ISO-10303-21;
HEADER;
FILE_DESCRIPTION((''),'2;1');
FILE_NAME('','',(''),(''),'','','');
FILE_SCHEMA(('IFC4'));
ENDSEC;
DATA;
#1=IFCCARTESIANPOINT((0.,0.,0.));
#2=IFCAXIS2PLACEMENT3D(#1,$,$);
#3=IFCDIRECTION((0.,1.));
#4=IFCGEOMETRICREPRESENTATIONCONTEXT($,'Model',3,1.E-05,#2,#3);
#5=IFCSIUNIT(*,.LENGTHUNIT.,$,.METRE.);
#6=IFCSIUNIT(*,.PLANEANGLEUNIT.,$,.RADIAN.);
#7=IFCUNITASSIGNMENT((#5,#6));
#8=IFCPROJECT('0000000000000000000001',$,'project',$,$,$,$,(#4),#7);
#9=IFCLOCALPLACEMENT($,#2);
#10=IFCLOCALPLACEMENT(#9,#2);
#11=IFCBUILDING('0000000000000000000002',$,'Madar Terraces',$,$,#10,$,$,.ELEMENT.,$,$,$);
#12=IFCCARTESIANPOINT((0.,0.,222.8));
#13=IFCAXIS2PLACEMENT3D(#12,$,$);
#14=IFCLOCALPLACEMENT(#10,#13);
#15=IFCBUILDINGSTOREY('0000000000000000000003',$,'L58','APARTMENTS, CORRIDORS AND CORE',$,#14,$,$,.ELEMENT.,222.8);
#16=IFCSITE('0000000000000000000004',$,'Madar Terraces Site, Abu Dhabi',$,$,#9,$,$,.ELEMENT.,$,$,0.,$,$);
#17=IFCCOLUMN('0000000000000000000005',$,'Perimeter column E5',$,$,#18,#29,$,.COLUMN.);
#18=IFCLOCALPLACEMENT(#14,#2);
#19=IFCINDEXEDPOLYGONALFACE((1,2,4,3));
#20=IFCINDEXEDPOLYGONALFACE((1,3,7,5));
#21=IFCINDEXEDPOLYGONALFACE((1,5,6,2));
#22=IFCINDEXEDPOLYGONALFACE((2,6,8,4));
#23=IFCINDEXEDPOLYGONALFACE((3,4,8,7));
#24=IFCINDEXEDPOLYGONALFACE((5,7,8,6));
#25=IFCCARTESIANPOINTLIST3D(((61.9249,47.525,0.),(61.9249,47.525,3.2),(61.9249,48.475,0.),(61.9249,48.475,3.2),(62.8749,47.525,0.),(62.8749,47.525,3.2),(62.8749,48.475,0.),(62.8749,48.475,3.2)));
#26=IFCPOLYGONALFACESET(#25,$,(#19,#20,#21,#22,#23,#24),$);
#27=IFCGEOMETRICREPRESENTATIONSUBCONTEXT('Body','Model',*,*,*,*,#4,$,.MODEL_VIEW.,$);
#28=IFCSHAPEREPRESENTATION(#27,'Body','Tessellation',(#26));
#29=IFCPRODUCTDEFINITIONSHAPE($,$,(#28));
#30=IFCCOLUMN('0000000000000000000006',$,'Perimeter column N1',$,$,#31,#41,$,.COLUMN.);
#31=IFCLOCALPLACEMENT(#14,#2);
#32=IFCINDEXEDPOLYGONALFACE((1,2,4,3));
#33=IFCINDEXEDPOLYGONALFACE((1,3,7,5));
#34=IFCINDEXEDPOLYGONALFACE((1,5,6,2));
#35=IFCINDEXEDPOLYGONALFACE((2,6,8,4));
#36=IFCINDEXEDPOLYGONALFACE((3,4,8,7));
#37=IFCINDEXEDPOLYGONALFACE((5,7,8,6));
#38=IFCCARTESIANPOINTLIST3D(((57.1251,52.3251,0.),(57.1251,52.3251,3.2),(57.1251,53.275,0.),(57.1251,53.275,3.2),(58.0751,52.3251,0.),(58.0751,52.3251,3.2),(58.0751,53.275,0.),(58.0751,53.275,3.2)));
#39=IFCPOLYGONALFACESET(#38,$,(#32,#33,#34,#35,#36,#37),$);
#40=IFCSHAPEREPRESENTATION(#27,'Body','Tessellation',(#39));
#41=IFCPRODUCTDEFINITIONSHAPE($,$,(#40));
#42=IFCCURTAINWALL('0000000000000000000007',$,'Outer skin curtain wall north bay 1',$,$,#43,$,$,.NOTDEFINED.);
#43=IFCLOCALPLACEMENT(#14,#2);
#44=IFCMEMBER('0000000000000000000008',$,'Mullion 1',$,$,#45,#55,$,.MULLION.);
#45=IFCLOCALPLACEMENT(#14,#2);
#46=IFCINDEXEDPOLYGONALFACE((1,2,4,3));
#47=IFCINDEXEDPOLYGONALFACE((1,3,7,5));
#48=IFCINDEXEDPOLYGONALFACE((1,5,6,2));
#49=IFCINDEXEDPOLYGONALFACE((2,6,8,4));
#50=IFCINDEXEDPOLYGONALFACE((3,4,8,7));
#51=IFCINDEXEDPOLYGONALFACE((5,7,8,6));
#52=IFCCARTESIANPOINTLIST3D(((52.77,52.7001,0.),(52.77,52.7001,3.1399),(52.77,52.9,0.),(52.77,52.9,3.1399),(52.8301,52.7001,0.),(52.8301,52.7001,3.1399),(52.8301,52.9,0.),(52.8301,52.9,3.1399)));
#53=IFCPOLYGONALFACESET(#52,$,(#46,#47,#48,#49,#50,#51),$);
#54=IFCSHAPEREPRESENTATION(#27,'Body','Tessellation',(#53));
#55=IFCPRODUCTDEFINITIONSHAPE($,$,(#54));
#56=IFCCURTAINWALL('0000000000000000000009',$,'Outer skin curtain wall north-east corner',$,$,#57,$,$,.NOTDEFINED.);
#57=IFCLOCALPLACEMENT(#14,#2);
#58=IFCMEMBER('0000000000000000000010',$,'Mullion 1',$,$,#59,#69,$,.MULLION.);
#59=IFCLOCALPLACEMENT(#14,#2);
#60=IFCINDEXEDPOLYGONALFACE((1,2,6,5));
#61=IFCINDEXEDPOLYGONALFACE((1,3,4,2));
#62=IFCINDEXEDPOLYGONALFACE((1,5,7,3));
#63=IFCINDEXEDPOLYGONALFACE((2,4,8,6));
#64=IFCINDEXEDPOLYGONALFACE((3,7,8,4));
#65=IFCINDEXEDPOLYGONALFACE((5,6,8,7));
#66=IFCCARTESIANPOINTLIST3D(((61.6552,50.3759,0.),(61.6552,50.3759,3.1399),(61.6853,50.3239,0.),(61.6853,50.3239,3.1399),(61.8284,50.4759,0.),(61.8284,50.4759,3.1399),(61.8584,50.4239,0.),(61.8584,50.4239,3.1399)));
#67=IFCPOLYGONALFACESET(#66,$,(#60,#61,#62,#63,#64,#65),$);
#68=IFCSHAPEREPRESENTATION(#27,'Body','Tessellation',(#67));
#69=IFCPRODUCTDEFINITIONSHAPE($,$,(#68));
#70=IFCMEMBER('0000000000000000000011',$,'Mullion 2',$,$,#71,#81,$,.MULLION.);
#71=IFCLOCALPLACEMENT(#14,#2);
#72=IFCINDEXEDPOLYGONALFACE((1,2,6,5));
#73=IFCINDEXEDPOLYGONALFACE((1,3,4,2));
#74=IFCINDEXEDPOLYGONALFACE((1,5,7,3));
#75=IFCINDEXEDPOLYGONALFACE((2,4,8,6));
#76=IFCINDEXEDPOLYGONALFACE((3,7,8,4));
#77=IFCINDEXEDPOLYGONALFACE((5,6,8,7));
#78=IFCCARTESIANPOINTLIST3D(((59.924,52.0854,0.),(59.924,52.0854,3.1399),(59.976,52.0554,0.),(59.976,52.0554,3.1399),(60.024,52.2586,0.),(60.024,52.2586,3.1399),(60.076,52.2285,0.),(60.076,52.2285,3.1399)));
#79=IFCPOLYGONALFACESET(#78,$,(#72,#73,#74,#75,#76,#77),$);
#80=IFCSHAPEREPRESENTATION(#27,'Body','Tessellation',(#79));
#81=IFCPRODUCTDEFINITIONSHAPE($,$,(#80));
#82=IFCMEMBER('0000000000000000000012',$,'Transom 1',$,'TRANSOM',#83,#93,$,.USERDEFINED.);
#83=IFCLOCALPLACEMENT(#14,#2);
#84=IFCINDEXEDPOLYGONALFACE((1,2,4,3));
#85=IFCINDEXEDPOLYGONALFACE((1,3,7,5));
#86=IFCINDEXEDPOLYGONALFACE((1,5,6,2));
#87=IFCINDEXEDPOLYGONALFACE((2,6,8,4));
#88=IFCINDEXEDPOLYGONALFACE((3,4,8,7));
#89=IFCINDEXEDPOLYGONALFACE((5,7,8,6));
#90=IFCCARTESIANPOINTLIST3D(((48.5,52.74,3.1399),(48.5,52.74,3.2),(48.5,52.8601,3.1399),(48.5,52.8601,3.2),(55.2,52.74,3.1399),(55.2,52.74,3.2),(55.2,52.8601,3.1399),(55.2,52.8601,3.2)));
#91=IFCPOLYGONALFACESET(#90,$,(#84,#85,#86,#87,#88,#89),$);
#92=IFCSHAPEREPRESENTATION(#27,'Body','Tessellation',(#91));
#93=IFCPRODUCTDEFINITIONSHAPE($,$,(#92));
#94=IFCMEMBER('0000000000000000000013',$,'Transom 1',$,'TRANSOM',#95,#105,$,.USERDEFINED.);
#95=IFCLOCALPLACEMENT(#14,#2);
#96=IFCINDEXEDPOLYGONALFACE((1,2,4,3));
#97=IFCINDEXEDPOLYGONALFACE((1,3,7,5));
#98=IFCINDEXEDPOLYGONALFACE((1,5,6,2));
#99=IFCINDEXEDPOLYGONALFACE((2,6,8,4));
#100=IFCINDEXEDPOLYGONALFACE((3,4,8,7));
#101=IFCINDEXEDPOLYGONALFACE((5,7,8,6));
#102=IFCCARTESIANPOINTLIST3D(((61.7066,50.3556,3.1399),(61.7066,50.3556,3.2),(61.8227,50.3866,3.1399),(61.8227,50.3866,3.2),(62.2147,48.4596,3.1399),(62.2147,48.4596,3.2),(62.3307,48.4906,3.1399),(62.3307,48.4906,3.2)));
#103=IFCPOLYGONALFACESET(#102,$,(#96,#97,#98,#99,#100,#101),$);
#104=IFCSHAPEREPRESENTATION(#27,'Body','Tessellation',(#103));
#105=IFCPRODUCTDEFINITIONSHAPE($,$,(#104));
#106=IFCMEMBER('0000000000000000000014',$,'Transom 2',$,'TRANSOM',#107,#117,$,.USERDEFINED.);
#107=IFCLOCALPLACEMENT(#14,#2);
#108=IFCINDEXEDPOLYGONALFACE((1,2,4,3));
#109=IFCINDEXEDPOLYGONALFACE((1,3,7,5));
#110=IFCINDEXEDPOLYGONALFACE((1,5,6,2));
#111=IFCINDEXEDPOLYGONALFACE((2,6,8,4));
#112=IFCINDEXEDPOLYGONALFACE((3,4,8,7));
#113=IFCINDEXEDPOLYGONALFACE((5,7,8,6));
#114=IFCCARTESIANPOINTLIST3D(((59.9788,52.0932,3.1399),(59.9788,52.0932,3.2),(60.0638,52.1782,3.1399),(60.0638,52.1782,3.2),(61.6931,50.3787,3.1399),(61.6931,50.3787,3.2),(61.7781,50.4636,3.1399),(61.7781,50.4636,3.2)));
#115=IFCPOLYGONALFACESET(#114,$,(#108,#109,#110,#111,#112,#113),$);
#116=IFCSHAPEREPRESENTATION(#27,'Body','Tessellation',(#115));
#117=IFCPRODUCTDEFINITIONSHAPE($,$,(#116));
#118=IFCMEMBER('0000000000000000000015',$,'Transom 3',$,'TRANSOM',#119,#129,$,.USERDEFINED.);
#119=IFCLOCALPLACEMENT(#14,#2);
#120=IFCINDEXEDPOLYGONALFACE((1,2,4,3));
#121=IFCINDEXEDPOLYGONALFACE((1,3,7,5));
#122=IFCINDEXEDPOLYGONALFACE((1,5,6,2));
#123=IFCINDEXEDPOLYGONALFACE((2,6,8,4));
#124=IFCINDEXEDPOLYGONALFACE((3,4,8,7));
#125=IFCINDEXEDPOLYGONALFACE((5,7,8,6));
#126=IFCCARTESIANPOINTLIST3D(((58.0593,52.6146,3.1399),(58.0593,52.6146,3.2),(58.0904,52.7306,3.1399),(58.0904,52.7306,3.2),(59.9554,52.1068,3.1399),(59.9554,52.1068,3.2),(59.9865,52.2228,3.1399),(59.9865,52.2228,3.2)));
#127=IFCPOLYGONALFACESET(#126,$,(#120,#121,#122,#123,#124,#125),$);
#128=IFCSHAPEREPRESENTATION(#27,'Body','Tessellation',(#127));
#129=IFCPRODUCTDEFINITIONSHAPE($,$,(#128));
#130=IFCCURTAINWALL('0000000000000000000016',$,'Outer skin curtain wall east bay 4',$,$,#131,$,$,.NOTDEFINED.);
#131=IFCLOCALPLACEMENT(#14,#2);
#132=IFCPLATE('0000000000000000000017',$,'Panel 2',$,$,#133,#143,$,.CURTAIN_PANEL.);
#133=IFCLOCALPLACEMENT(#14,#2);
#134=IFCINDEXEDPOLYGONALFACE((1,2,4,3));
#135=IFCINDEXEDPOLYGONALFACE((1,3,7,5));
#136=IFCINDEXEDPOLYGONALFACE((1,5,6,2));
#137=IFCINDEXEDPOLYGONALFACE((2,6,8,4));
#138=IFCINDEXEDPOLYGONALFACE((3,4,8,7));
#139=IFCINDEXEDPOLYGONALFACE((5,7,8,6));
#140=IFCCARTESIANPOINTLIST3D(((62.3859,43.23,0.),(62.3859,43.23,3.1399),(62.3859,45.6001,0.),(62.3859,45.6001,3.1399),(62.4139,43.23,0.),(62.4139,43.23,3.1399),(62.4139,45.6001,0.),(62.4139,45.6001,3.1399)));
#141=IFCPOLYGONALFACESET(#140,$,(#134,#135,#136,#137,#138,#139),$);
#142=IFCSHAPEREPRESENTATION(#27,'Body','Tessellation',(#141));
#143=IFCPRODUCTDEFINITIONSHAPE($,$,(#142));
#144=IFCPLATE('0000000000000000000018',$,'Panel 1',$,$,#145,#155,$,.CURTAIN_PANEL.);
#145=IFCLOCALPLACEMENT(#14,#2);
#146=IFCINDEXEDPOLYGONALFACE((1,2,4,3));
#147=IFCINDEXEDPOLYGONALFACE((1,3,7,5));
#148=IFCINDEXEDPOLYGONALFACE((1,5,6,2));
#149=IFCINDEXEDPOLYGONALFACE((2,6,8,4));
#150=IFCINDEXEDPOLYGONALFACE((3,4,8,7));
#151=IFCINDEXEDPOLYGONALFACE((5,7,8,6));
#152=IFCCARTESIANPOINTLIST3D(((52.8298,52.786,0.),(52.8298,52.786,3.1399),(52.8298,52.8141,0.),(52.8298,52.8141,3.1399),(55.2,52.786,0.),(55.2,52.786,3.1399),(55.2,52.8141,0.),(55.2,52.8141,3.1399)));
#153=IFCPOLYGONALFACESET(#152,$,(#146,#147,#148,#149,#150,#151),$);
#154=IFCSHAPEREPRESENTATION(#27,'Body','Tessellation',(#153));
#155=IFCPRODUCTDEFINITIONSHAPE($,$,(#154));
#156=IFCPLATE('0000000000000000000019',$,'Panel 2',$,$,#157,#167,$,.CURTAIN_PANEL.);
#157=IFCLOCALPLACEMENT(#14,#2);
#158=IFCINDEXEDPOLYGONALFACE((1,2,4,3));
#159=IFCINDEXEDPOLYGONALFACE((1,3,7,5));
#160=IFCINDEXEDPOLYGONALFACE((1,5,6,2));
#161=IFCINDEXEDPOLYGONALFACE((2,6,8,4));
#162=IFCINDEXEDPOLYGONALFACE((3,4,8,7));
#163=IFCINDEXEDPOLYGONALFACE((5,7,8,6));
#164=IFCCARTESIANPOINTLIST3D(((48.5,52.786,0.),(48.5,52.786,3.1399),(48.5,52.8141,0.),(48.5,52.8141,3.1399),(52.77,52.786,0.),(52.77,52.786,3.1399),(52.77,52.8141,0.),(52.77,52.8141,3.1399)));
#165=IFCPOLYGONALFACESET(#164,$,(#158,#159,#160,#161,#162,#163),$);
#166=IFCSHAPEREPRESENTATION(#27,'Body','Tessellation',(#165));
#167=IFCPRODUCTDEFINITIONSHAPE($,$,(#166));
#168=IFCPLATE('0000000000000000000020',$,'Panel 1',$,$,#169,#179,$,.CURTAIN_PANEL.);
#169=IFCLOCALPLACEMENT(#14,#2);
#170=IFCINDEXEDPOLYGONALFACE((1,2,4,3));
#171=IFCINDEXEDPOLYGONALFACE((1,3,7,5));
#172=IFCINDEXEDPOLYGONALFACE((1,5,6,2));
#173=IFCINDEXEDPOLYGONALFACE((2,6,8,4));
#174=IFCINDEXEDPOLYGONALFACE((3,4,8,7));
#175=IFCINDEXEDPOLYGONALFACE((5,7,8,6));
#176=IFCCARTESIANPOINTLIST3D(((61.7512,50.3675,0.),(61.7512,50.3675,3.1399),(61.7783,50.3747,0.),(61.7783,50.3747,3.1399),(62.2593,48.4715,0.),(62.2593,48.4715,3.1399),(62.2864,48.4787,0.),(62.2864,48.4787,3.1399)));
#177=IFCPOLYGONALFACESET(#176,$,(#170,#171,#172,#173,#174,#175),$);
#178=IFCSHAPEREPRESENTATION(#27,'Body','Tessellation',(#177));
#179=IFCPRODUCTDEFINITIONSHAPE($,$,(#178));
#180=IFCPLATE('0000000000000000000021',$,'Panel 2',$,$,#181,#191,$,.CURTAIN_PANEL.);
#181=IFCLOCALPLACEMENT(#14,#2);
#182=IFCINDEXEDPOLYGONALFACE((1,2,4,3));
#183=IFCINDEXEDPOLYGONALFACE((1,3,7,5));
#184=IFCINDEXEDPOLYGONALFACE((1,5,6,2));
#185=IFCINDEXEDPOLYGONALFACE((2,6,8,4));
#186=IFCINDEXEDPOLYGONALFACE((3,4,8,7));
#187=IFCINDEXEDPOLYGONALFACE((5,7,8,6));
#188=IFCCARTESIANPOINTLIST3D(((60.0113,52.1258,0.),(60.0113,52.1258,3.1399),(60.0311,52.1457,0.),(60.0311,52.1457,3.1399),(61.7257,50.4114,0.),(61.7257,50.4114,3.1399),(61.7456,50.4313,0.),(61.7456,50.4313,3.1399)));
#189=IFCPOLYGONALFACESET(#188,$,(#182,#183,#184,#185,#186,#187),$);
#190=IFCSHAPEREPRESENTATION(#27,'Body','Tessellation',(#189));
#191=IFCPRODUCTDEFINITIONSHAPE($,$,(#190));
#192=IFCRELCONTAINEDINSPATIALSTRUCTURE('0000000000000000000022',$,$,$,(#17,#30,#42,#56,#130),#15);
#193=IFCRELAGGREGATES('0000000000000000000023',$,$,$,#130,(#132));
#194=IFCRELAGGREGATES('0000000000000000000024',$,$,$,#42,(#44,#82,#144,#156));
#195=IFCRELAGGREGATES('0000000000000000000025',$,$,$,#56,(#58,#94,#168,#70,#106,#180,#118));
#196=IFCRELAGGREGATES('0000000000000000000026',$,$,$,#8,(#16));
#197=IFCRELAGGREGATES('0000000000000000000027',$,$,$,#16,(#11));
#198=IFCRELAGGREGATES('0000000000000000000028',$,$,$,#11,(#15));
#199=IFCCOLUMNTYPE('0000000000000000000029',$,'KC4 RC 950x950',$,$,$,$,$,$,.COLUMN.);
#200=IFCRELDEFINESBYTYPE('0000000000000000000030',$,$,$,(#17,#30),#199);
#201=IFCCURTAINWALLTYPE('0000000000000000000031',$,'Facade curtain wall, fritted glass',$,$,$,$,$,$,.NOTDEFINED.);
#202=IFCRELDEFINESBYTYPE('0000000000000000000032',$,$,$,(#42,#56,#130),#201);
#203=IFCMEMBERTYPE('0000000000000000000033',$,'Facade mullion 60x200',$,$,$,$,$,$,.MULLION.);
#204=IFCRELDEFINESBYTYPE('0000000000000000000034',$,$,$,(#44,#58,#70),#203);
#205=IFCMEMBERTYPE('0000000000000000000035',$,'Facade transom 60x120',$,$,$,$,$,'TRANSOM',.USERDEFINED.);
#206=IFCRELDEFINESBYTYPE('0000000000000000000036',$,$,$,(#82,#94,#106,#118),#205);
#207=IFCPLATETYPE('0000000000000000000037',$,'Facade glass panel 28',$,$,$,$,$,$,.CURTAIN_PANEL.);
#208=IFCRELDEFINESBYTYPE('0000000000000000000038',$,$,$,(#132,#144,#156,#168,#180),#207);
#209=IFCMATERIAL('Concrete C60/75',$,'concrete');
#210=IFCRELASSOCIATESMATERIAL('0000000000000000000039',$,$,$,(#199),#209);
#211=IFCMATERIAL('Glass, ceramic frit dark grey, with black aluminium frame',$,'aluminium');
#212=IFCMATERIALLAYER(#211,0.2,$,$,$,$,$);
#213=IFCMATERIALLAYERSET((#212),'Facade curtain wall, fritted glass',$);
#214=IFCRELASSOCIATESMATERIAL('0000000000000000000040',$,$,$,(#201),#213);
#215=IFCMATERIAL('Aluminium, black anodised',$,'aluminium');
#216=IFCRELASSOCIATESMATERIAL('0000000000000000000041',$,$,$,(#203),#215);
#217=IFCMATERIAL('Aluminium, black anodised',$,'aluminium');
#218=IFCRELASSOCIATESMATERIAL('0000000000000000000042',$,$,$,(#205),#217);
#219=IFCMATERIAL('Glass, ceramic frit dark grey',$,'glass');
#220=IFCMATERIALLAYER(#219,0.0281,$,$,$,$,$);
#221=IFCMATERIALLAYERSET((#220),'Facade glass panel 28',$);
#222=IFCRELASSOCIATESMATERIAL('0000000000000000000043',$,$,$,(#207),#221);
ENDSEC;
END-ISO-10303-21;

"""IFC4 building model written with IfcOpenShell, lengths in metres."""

from ifc_helpers import new_model, si_unit, direction, frame, origin, origin_2d, place, context, subcontext, project, spatial, rectangle, extrude, material, layer, layer_set, material_profile, profile_set, type_object, element, aggregate, save


model = new_model("IFC4")

# Units and contexts
model_context = context("Model", 3, precision=1e-05, world=origin(), true_north=direction((0.0, 1.0)))
body_context = subcontext(model_context, "Body", "Model", "MODEL_VIEW")
ifc_project = project(units=[si_unit("LENGTHUNIT", "METRE"), si_unit("PLANEANGLEUNIT", "RADIAN")], contexts=[model_context])

# Site, building, storey
site_placement = place(None, origin())
site = spatial("IfcSite", under=ifc_project, at=site_placement, Name="Madar Terraces Site, Abu Dhabi", CompositionType="ELEMENT", RefElevation=0.0)
building_placement = place(site_placement, origin())
building = spatial("IfcBuilding", under=site, at=building_placement, Name="Madar Terraces", CompositionType="ELEMENT")
storey_placement = place(building_placement, frame((0.0, 0.0, 222.8)))
storey = spatial("IfcBuildingStorey", under=building, at=storey_placement, Name="L58", Description="APARTMENTS, CORRIDORS AND CORE", CompositionType="ELEMENT", Elevation=222.8)

# Columns
ifc_material_1 = material(Name="Concrete C60/75", Category="concrete")
ifc_material_profile_1 = material_profile(ifc_material_1, rectangle(XDim=0.95, YDim=0.95, at=origin_2d()), Name="KC4 RC 950x950")
ifc_profile_set_1 = profile_set([ifc_material_profile_1], Name="Concrete C60/75")
column_type = type_object("IfcColumnType", Name="KC4 RC 950x950", PredefinedType="COLUMN", material=ifc_profile_set_1)
for number, where, z_axis, x_axis, name in (
    (1, (62.3999, 48.0, 0.0), (0.0, 0.0, 1.0), (1.0, 0.0, 0.0), "Perimeter column E5"),
    (2, (57.6001, 52.8, 0.0), (0.0, 0.0, 1.0), (1.0, 0.0, 0.0), "Perimeter column N1"),
):
    element("IfcColumn", number, at=place(storey_placement, frame(where, z_axis=z_axis, x_axis=x_axis)), inside=storey, type_object=column_type, Name=name, PredefinedType="COLUMN", context=body_context, shape_type="SweptSolid", body=[
        extrude(rectangle(XDim=0.95, YDim=0.95, at=origin_2d()), origin(), (0.0, 0.0, 1.0), 3.2),
    ])

# Curtain wall, member
ifc_material_2 = material(Name="Glass, ceramic frit dark grey, with black aluminium frame", Category="aluminium")
ifc_layer_1 = layer(ifc_material_2, 0.2)
ifc_layer_set_1 = layer_set([ifc_layer_1], Name="Facade curtain wall, fritted glass")
curtain_wall_type = type_object("IfcCurtainWallType", Name="Facade curtain wall, fritted glass", PredefinedType="NOTDEFINED", material=ifc_layer_set_1)
curtain_wall_1_placement = place(storey_placement, origin())
curtain_wall_1 = element("IfcCurtainWall", 3, at=curtain_wall_1_placement, inside=storey, type_object=curtain_wall_type, Name="Outer skin curtain wall north bay 1", PredefinedType="NOTDEFINED")
ifc_material_3 = material(Name="Aluminium, black anodised", Category="aluminium")
ifc_material_profile_2 = material_profile(ifc_material_3, rectangle(XDim=0.2, YDim=0.0601, at=origin_2d()), Name="Facade mullion 60x200")
ifc_profile_set_2 = profile_set([ifc_material_profile_2], Name="Aluminium, black anodised")
member_type_1 = type_object("IfcMemberType", Name="Facade mullion 60x200", PredefinedType="MULLION", material=ifc_profile_set_2)
member_1_placement = place(storey_placement, frame((52.8, 52.8, 0.0), z_axis=(0.0, 0.0, 1.0), x_axis=(0.0, -1.0, 0.0)))
member_1 = element("IfcMember", 4, at=member_1_placement, type_object=member_type_1, Name="Mullion 1", PredefinedType="MULLION", context=body_context, shape_type="SweptSolid", body=[
    extrude(rectangle(XDim=0.2, YDim=0.0601, at=origin_2d()), origin(), (0.0, 0.0, 1.0), 3.1399),
])

# Curtain wall, members
curtain_wall_2_placement = place(storey_placement, origin())
curtain_wall_2 = element("IfcCurtainWall", 5, at=curtain_wall_2_placement, inside=storey, type_object=curtain_wall_type, Name="Outer skin curtain wall north-east corner", PredefinedType="NOTDEFINED")
member_2_placement = place(storey_placement, frame((61.7568, 50.3999, 0.0), z_axis=(0.0, 0.0, 1.0), x_axis=(-0.866025, -0.5, 0.0)))
member_2 = element("IfcMember", 6, at=member_2_placement, type_object=member_type_1, Name="Mullion 1", PredefinedType="MULLION", context=body_context, shape_type="SweptSolid", body=[
    extrude(rectangle(XDim=0.2, YDim=0.0601, at=origin_2d()), origin(), (0.0, 0.0, 1.0), 3.1399),
])
member_3_placement = place(storey_placement, frame((60.0, 52.157, 0.0), z_axis=(0.0, 0.0, 1.0), x_axis=(-0.5, -0.866025, 0.0)))
member_3 = element("IfcMember", 7, at=member_3_placement, type_object=member_type_1, Name="Mullion 2", PredefinedType="MULLION", context=body_context, shape_type="SweptSolid", body=[
    extrude(rectangle(XDim=0.2, YDim=0.0601, at=origin_2d()), origin(), (0.0, 0.0, 1.0), 3.1399),
])

# Members
ifc_material_4 = material(Name="Aluminium, black anodised", Category="aluminium")
ifc_material_profile_3 = material_profile(ifc_material_4, rectangle(XDim=0.1201, YDim=0.0601, at=origin_2d()), Name="Facade transom 60x120")
ifc_profile_set_3 = profile_set([ifc_material_profile_3], Name="Aluminium, black anodised")
member_type_2 = type_object("IfcMemberType", Name="Facade transom 60x120", ElementType="TRANSOM", PredefinedType="USERDEFINED", material=ifc_profile_set_3)
member_4_placement = place(storey_placement, frame((55.2, 52.8, 3.1699), z_axis=(-1.0, 0.0, 0.0), x_axis=(0.0, -1.0, 0.0)))
member_4 = element("IfcMember", 8, at=member_4_placement, type_object=member_type_2, Name="Transom 1", ObjectType="TRANSOM", PredefinedType="USERDEFINED", context=body_context, shape_type="SweptSolid", body=[
    extrude(rectangle(XDim=0.1201, YDim=0.0601, at=origin_2d()), origin(), (0.0, 0.0, 1.0), 6.7),
])
member_5_placement = place(storey_placement, frame((62.2727, 48.4751, 3.1699), z_axis=(-0.258831, 0.965923, 0.0), x_axis=(-0.965923, -0.258831, 0.0)))
member_5 = element("IfcMember", 9, at=member_5_placement, type_object=member_type_2, Name="Transom 1", ObjectType="TRANSOM", PredefinedType="USERDEFINED", context=body_context, shape_type="SweptSolid", body=[
    extrude(rectangle(XDim=0.1201, YDim=0.0601, at=origin_2d()), origin(), (0.0, 0.0, 1.0), 1.9629),
])
member_6_placement = place(storey_placement, frame((61.7356, 50.4211, 3.1699), z_axis=(-0.707056, 0.707157, 0.0), x_axis=(-0.707157, -0.707056, 0.0)))
member_6 = element("IfcMember", 10, at=member_6_placement, type_object=member_type_2, Name="Transom 2", ObjectType="TRANSOM", PredefinedType="USERDEFINED", context=body_context, shape_type="SweptSolid", body=[
    extrude(rectangle(XDim=0.1201, YDim=0.0601, at=origin_2d()), origin(), (0.0, 0.0, 1.0), 2.4246),
])
member_7_placement = place(storey_placement, frame((59.9709, 52.1648, 3.1699), z_axis=(-0.965954, 0.258715, 0.0), x_axis=(-0.258715, -0.965954, 0.0)))
member_7 = element("IfcMember", 11, at=member_7_placement, type_object=member_type_2, Name="Transom 3", ObjectType="TRANSOM", PredefinedType="USERDEFINED", context=body_context, shape_type="SweptSolid", body=[
    extrude(rectangle(XDim=0.1201, YDim=0.0601, at=origin_2d()), origin(), (0.0, 0.0, 1.0), 1.9629),
])

# Curtain wall, plate
curtain_wall_3_placement = place(storey_placement, origin())
curtain_wall_3 = element("IfcCurtainWall", 12, at=curtain_wall_3_placement, inside=storey, type_object=curtain_wall_type, Name="Outer skin curtain wall east bay 4", PredefinedType="NOTDEFINED")
ifc_material_5 = material(Name="Glass, ceramic frit dark grey", Category="glass")
ifc_layer_2 = layer(ifc_material_5, 0.0281)
ifc_layer_set_2 = layer_set([ifc_layer_2], Name="Facade glass panel 28")
plate_type = type_object("IfcPlateType", Name="Facade glass panel 28", PredefinedType="CURTAIN_PANEL", material=ifc_layer_set_2)
plate_1_placement = place(storey_placement, frame((62.3999, 44.415, 0.0), z_axis=(0.0, 0.0, 1.0), x_axis=(0.0, 1.0, 0.0)))
plate_1 = element("IfcPlate", 13, at=plate_1_placement, type_object=plate_type, Name="Panel 2", PredefinedType="CURTAIN_PANEL", context=body_context, shape_type="SweptSolid", body=[
    extrude(rectangle(XDim=2.3701, YDim=0.0281, at=origin_2d()), origin(), (0.0, 0.0, 1.0), 3.1399),
])
aggregate(curtain_wall_3, [plate_1])

# Plates
plate_2_placement = place(storey_placement, frame((54.0149, 52.8, 0.0), z_axis=(0.0, 0.0, 1.0), x_axis=(-1.0, 0.0, 0.0)))
plate_2 = element("IfcPlate", 14, at=plate_2_placement, type_object=plate_type, Name="Panel 1", PredefinedType="CURTAIN_PANEL", context=body_context, shape_type="SweptSolid", body=[
    extrude(rectangle(XDim=2.3701, YDim=0.0281, at=origin_2d()), origin(), (0.0, 0.0, 1.0), 3.1399),
])
plate_3_placement = place(storey_placement, frame((50.635, 52.8, 0.0), z_axis=(0.0, 0.0, 1.0), x_axis=(-1.0, 0.0, 0.0)))
plate_3 = element("IfcPlate", 15, at=plate_3_placement, type_object=plate_type, Name="Panel 2", PredefinedType="CURTAIN_PANEL", context=body_context, shape_type="SweptSolid", body=[
    extrude(rectangle(XDim=4.27, YDim=0.0281, at=origin_2d()), origin(), (0.0, 0.0, 1.0), 3.1399),
])
aggregate(curtain_wall_1, [member_1, member_4, plate_2, plate_3])
plate_4_placement = place(storey_placement, frame((62.0188, 49.4231, 0.0), z_axis=(0.0, 0.0, 1.0), x_axis=(-0.258819, 0.965926, 0.0)))
plate_4 = element("IfcPlate", 16, at=plate_4_placement, type_object=plate_type, Name="Panel 1", PredefinedType="CURTAIN_PANEL", context=body_context, shape_type="SweptSolid", body=[
    extrude(rectangle(XDim=1.9629, YDim=0.0281, at=origin_2d()), origin(), (0.0, 0.0, 1.0), 3.1399),
])
plate_5_placement = place(storey_placement, frame((60.8784, 51.2786, 0.0), z_axis=(0.0, 0.0, 1.0), x_axis=(-0.707107, 0.707107, 0.0)))
plate_5 = element("IfcPlate", 17, at=plate_5_placement, type_object=plate_type, Name="Panel 2", PredefinedType="CURTAIN_PANEL", context=body_context, shape_type="SweptSolid", body=[
    extrude(rectangle(XDim=2.4246, YDim=0.0281, at=origin_2d()), origin(), (0.0, 0.0, 1.0), 3.1399),
])
aggregate(curtain_wall_2, [member_2, member_5, plate_4, member_3, member_6, plate_5, member_7])

save(model, "model.ifc")
